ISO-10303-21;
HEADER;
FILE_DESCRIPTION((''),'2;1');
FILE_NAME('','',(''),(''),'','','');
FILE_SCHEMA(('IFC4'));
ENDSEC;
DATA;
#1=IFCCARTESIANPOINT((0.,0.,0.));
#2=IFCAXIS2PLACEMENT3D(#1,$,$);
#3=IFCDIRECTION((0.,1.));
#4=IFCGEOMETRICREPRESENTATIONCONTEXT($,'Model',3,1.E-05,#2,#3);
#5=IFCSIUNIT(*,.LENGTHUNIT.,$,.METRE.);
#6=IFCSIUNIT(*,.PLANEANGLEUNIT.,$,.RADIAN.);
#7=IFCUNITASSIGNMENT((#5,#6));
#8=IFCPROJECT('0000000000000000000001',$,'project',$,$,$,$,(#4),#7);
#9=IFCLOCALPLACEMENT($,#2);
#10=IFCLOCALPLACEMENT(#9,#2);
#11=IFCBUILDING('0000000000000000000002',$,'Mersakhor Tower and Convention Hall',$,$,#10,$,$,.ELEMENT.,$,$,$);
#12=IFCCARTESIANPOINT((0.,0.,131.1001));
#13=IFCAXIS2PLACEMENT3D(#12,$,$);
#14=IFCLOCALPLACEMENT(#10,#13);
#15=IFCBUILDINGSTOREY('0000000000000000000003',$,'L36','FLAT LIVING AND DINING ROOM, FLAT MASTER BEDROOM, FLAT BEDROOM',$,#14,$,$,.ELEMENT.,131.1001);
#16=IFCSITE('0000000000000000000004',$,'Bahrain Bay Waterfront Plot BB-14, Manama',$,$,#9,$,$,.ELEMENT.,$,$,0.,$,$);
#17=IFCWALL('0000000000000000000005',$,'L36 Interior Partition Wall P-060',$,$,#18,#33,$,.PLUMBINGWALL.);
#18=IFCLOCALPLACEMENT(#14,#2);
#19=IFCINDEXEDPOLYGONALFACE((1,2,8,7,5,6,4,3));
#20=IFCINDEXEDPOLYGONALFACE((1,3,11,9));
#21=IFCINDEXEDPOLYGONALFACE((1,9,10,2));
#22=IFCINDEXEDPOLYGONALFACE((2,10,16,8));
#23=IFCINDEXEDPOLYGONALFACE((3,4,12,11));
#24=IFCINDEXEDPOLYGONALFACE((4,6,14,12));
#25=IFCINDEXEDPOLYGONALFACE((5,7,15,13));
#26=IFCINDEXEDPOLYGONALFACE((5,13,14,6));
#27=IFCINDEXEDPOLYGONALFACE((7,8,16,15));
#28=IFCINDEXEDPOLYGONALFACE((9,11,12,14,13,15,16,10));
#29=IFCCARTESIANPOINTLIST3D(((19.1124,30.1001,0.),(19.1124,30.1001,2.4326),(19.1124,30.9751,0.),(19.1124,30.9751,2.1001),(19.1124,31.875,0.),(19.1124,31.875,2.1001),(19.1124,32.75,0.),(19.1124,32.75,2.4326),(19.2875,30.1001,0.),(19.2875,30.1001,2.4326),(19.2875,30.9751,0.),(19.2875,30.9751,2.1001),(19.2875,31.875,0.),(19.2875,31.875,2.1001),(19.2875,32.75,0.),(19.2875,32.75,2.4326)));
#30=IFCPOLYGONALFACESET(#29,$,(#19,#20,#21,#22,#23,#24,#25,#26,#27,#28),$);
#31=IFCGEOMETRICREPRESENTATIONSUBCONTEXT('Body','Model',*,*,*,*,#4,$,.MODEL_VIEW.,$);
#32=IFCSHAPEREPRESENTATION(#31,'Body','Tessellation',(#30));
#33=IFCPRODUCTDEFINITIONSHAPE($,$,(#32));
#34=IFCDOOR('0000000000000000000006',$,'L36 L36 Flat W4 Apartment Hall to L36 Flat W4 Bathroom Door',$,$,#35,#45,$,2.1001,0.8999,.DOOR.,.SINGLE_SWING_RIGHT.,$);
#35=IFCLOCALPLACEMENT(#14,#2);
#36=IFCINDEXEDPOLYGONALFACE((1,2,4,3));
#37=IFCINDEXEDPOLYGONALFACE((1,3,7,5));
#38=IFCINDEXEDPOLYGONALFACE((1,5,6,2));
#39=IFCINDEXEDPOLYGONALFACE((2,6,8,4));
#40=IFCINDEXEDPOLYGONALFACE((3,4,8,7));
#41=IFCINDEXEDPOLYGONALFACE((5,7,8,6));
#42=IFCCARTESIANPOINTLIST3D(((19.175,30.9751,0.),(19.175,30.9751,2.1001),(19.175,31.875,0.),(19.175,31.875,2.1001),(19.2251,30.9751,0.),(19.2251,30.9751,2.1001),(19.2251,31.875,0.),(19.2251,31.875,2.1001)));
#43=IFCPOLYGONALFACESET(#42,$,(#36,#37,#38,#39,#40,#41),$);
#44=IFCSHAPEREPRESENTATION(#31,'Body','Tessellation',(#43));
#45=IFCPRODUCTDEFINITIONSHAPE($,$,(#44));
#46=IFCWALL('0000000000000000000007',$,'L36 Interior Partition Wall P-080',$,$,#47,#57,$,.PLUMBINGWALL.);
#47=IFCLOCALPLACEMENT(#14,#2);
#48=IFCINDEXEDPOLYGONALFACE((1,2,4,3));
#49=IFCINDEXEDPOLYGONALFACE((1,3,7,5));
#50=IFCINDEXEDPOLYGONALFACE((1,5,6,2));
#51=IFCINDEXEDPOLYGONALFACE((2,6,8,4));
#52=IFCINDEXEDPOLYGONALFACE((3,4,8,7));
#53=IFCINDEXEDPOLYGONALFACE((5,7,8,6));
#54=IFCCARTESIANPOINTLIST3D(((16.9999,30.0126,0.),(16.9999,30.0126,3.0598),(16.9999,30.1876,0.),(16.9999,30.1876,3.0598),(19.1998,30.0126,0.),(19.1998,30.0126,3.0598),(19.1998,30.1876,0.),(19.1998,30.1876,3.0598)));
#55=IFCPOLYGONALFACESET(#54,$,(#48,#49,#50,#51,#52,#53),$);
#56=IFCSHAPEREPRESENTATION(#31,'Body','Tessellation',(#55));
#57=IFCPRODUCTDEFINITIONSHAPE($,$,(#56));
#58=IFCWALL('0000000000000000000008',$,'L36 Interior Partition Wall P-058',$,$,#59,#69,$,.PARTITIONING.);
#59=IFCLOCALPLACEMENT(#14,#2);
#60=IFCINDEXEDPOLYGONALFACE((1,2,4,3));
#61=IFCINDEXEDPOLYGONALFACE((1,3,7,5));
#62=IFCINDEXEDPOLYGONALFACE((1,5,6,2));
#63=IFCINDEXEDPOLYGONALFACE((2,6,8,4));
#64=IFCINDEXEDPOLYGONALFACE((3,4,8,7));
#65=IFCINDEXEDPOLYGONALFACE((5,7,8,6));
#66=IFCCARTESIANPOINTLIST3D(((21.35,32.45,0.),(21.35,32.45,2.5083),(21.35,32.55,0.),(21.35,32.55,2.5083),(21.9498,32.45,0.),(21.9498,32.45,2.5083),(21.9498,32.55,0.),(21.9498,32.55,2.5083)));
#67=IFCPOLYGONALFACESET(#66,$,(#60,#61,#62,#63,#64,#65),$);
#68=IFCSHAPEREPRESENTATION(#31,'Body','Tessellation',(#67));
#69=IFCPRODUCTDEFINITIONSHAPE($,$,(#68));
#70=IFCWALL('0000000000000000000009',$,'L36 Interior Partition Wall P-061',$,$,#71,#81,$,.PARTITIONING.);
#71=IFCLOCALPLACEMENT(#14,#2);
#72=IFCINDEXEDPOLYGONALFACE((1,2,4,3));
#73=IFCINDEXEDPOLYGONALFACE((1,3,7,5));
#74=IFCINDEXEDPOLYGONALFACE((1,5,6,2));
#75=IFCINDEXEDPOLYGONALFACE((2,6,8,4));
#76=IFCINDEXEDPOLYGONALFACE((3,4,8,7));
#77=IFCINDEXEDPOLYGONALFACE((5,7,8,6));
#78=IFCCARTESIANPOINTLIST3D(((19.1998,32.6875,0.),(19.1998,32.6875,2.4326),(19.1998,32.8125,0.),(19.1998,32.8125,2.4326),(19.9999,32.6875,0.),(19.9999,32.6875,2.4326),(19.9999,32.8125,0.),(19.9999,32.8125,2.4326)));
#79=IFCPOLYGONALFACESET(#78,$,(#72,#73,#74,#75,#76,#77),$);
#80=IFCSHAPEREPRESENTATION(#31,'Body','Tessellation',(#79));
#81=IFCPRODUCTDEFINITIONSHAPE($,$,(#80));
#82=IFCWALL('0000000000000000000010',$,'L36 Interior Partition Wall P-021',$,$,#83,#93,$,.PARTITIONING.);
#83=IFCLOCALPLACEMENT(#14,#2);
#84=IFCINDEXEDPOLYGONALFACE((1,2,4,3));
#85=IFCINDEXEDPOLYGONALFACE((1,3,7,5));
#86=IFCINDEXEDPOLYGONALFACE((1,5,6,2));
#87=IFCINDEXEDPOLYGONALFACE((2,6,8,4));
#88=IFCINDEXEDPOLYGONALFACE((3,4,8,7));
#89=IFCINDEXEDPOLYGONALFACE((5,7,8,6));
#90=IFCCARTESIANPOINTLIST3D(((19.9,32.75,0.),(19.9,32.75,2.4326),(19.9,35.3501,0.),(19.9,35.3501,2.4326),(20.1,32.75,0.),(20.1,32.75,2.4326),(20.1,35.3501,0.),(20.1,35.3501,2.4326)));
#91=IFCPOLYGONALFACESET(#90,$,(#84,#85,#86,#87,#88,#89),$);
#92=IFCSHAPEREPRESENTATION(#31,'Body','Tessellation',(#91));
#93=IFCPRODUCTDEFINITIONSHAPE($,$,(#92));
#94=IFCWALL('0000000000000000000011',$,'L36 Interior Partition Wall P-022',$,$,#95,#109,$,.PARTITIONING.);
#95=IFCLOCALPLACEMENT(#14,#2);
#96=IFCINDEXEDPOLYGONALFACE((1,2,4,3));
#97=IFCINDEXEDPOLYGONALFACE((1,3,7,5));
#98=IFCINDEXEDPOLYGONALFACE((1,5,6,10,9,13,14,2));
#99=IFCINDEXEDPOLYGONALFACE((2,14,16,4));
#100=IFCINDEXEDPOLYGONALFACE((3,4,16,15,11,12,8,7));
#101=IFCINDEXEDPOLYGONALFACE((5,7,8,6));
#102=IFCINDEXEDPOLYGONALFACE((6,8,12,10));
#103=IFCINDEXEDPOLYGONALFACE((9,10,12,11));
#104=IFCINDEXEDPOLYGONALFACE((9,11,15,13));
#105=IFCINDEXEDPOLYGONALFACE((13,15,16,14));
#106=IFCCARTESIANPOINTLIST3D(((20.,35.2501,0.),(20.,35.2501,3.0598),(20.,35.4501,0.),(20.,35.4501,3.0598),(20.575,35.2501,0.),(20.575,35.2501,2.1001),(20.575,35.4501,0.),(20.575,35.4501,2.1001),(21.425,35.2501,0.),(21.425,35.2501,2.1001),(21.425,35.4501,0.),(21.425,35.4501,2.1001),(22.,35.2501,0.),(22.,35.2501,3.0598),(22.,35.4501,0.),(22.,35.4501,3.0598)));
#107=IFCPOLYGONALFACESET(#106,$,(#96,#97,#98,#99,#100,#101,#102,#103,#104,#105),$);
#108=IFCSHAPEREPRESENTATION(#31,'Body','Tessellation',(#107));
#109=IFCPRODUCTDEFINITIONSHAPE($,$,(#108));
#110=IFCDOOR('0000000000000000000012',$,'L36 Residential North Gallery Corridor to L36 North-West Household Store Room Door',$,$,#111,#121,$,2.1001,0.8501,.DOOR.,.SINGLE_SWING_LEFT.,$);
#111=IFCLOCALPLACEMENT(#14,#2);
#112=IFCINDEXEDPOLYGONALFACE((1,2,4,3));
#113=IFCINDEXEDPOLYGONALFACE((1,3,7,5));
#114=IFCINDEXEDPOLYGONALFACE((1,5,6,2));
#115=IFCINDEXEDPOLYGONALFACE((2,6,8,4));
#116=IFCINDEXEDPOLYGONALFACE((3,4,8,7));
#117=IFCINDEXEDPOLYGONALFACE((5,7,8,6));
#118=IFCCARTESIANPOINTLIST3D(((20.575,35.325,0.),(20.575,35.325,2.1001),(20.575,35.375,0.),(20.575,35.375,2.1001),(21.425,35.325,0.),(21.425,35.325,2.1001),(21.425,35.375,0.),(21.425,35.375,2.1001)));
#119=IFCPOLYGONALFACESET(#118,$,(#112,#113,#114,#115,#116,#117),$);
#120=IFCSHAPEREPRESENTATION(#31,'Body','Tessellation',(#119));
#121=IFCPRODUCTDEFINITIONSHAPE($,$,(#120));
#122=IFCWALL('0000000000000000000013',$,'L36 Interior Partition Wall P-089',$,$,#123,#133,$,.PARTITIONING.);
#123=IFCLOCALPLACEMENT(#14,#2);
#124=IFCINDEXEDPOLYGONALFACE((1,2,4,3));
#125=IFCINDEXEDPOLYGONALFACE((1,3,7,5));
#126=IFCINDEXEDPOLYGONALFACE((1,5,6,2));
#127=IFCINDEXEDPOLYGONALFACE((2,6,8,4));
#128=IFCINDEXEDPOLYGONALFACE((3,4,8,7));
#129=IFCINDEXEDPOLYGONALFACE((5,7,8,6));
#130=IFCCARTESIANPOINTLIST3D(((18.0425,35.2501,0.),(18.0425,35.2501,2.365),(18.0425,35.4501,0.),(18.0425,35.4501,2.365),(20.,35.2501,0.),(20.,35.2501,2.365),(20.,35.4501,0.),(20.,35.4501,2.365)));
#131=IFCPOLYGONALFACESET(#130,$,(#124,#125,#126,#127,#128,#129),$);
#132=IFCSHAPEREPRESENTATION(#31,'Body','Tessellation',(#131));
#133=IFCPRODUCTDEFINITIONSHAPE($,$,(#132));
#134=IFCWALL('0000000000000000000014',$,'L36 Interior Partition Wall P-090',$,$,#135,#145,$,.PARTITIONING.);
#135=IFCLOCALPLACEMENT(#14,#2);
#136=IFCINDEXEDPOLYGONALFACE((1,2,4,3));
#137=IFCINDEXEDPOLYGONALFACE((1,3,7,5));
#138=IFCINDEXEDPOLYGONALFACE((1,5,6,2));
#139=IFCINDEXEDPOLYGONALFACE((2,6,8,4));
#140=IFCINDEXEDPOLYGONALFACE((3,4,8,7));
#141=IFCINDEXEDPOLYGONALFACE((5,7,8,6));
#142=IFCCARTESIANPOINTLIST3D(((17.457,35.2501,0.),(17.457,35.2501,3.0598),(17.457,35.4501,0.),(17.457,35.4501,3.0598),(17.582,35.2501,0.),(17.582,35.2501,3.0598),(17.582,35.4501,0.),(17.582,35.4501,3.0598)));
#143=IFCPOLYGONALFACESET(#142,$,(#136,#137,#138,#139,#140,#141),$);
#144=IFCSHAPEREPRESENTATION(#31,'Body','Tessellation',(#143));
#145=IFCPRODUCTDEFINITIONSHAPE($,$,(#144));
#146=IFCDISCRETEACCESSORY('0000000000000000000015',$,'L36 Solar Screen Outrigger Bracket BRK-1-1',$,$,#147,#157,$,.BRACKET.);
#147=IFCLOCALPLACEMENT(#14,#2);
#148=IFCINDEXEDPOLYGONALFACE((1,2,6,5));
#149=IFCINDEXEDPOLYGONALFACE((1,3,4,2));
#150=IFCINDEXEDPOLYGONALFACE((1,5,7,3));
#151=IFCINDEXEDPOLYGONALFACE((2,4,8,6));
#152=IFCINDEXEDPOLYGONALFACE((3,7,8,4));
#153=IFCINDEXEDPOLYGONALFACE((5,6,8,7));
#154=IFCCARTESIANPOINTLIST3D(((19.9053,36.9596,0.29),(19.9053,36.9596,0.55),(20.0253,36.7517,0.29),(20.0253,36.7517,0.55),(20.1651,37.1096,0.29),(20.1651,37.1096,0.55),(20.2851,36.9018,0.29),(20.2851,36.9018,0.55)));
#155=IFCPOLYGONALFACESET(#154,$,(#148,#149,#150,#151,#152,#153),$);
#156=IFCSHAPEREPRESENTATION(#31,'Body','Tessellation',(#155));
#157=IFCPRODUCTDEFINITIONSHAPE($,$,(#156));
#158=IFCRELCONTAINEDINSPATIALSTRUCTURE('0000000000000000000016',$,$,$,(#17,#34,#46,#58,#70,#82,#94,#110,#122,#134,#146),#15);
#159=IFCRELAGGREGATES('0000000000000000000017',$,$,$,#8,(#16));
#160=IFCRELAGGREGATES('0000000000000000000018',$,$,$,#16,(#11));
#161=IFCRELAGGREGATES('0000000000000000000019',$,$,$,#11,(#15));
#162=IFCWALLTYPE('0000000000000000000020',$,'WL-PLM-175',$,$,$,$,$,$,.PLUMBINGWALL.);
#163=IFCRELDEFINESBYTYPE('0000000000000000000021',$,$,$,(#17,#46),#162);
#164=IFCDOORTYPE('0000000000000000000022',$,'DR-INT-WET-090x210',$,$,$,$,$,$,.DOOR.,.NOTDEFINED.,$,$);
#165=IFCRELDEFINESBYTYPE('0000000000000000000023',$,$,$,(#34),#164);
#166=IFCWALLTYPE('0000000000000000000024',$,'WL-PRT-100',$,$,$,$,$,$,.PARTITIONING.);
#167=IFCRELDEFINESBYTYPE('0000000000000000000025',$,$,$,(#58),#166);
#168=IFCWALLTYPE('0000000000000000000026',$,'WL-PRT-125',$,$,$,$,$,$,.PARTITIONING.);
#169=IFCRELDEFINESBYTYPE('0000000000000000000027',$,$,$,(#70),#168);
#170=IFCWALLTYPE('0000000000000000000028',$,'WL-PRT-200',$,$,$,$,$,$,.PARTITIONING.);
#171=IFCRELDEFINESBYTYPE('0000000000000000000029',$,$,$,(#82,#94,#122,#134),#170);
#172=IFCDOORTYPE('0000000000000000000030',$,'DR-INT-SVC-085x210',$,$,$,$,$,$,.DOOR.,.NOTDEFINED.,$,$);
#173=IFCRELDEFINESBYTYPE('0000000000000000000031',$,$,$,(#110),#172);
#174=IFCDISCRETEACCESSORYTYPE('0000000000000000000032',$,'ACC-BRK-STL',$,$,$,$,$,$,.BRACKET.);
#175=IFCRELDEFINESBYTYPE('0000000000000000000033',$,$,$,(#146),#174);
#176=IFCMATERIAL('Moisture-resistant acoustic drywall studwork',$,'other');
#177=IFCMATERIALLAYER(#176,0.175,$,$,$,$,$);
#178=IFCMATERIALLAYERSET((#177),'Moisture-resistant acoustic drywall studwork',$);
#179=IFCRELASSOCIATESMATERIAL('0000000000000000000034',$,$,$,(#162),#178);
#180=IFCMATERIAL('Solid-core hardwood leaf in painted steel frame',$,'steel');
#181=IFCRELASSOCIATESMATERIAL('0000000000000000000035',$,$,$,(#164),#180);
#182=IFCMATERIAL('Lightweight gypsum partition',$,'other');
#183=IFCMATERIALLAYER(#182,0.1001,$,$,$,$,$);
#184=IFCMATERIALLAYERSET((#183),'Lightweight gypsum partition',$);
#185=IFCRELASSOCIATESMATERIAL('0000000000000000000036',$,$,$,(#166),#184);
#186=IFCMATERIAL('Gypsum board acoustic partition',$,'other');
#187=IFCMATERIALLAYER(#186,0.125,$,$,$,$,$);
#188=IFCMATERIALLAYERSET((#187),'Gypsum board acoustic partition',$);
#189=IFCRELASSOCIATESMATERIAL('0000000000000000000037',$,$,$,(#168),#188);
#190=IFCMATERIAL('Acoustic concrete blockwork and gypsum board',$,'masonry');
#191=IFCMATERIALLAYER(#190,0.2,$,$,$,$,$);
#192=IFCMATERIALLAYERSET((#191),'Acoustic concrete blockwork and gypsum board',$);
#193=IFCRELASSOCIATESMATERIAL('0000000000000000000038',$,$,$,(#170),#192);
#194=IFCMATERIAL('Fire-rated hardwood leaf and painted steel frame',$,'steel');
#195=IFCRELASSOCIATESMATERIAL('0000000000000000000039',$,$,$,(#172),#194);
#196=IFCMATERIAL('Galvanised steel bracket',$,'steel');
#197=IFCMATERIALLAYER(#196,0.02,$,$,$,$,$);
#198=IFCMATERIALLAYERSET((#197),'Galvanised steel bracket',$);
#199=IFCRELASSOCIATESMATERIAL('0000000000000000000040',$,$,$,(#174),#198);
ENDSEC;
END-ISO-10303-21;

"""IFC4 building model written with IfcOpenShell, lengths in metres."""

from ifc_helpers import new_model, si_unit, direction, frame, frame_2d, origin, origin_2d, place, context, subcontext, project, spatial, rectangle, extrude, material, layer, layer_set, type_object, element, fill, save


model = new_model("IFC4")

# Units and contexts
model_context = context("Model", 3, precision=1e-05, world=origin(), true_north=direction((0.0, 1.0)))
body_context = subcontext(model_context, "Body", "Model", "MODEL_VIEW")
ifc_project = project(units=[si_unit("LENGTHUNIT", "METRE"), si_unit("PLANEANGLEUNIT", "RADIAN")], contexts=[model_context])

# Site, building, storey
site_placement = place(None, origin())
site = spatial("IfcSite", under=ifc_project, at=site_placement, Name="Bahrain Bay Waterfront Plot BB-14, Manama", CompositionType="ELEMENT", RefElevation=0.0)
building_placement = place(site_placement, origin())
building = spatial("IfcBuilding", under=site, at=building_placement, Name="Mersakhor Tower and Convention Hall", CompositionType="ELEMENT")
storey_placement = place(building_placement, frame((0.0, 0.0, 131.1001)))
storey = spatial("IfcBuildingStorey", under=building, at=storey_placement, Name="L36", Description="FLAT LIVING AND DINING ROOM, FLAT MASTER BEDROOM, FLAT BEDROOM", CompositionType="ELEMENT", Elevation=131.1001)

# Wall, opening, door
ifc_material_1 = material(Name="Moisture-resistant acoustic drywall studwork", Category="other")
ifc_layer_1 = layer(ifc_material_1, 0.175)
ifc_layer_set_1 = layer_set([ifc_layer_1], Name="Moisture-resistant acoustic drywall studwork")
wall_type_1 = type_object("IfcWallType", Name="WL-PLM-175", PredefinedType="PLUMBINGWALL", material=ifc_layer_set_1)
wall_1_placement = place(storey_placement, frame((19.2, 30.1001, 0.0), z_axis=(0.0, 0.0, 1.0), x_axis=(0.0, 1.0, 0.0)))
wall_1 = element("IfcWall", 1, at=wall_1_placement, inside=storey, type_object=wall_type_1, Name="L36 Interior Partition Wall P-060", PredefinedType="PLUMBINGWALL", context=body_context, shape_type="SweptSolid", body=[
    extrude(rectangle(XDim=2.6499, YDim=0.175, at=frame_2d((1.325, 0.0))), origin(), (0.0, 0.0, 1.0), 2.4326),
])
opening_1_placement = place(wall_1_placement, frame((0.875, 0.0, 0.0)))
opening_1 = element("IfcOpeningElement", 2, at=opening_1_placement, cuts=wall_1, PredefinedType="OPENING", context=body_context, shape_type="SweptSolid", body=[
    extrude(rectangle(XDim=0.8999, YDim=2.1001, at=frame_2d((0.45, 1.05))), frame((0.0, 0.0974, 0.0), z_axis=(0.0, -1.0, 0.0), x_axis=(1.0, 0.0, 0.0)), (0.0, 0.0, 1.0), 0.1951),
])
ifc_material_2 = material(Name="Solid-core hardwood leaf in painted steel frame", Category="steel")
door_type_1 = type_object("IfcDoorType", Name="DR-INT-WET-090x210", OperationType="NOTDEFINED", PredefinedType="DOOR", material=ifc_material_2)
door_1_placement = place(opening_1_placement, origin())
door_1 = element("IfcDoor", 3, at=door_1_placement, inside=storey, type_object=door_type_1, Name="L36 L36 Flat W4 Apartment Hall to L36 Flat W4 Bathroom Door", OperationType="SINGLE_SWING_RIGHT", OverallHeight=2.1001, OverallWidth=0.8999, PredefinedType="DOOR", context=body_context, shape_type="SweptSolid", body=[
    extrude(rectangle(XDim=0.8999, YDim=2.1001, at=frame_2d((0.45, 1.05))), frame((0.0, 0.0249, 0.0), z_axis=(0.0, -1.0, 0.0), x_axis=(1.0, 0.0, 0.0)), (0.0, 0.0, 1.0), 0.05),
])
fill(opening_1, door_1)

# Walls
wall_2_placement = place(storey_placement, frame((19.2, 30.1001, 0.0), z_axis=(0.0, 0.0, 1.0), x_axis=(-1.0, 0.0, 0.0)))
element("IfcWall", 4, at=wall_2_placement, inside=storey, type_object=wall_type_1, Name="L36 Interior Partition Wall P-080", PredefinedType="PLUMBINGWALL", context=body_context, shape_type="SweptSolid", body=[
    extrude(rectangle(XDim=2.2, YDim=0.175, at=frame_2d((1.1001, 0.0))), origin(), (0.0, 0.0, 1.0), 3.0598),
])
ifc_material_3 = material(Name="Lightweight gypsum partition", Category="other")
ifc_layer_2 = layer(ifc_material_3, 0.1001)
ifc_layer_set_2 = layer_set([ifc_layer_2], Name="Lightweight gypsum partition")
wall_type_2 = type_object("IfcWallType", Name="WL-PRT-100", PredefinedType="PARTITIONING", material=ifc_layer_set_2)
wall_3_placement = place(storey_placement, frame((21.3501, 32.5, 0.0), z_axis=(0.0, 0.0, 1.0), x_axis=(1.0, 0.0, 0.0)))
element("IfcWall", 5, at=wall_3_placement, inside=storey, type_object=wall_type_2, Name="L36 Interior Partition Wall P-058", PredefinedType="PARTITIONING", context=body_context, shape_type="SweptSolid", body=[
    extrude(rectangle(XDim=0.5999, YDim=0.1001, at=frame_2d((0.2998, 0.0))), origin(), (0.0, 0.0, 1.0), 2.5083),
])
ifc_material_4 = material(Name="Gypsum board acoustic partition", Category="other")
ifc_layer_3 = layer(ifc_material_4, 0.125)
ifc_layer_set_3 = layer_set([ifc_layer_3], Name="Gypsum board acoustic partition")
wall_type_3 = type_object("IfcWallType", Name="WL-PRT-125", PredefinedType="PARTITIONING", material=ifc_layer_set_3)
wall_4_placement = place(storey_placement, frame((19.2, 32.75, 0.0), z_axis=(0.0, 0.0, 1.0), x_axis=(1.0, 0.0, 0.0)))
element("IfcWall", 6, at=wall_4_placement, inside=storey, type_object=wall_type_3, Name="L36 Interior Partition Wall P-061", PredefinedType="PARTITIONING", context=body_context, shape_type="SweptSolid", body=[
    extrude(rectangle(XDim=0.8, YDim=0.125, at=frame_2d((0.3999, 0.0))), origin(), (0.0, 0.0, 1.0), 2.4326),
])

# Shared definitions
ifc_material_5 = material(Name="Acoustic concrete blockwork and gypsum board", Category="masonry")
ifc_layer_4 = layer(ifc_material_5, 0.2)
ifc_layer_set_4 = layer_set([ifc_layer_4], Name="Acoustic concrete blockwork and gypsum board")
wall_type_4 = type_object("IfcWallType", Name="WL-PRT-200", PredefinedType="PARTITIONING", material=ifc_layer_set_4)

# Wall
wall_5_placement = place(storey_placement, frame((20.0, 32.75, 0.0), z_axis=(0.0, 0.0, 1.0), x_axis=(0.0, 1.0, 0.0)))
element("IfcWall", 7, at=wall_5_placement, inside=storey, type_object=wall_type_4, Name="L36 Interior Partition Wall P-021", PredefinedType="PARTITIONING", context=body_context, shape_type="SweptSolid", body=[
    extrude(rectangle(XDim=2.6001, YDim=0.2, at=frame_2d((1.3, 0.0))), origin(), (0.0, 0.0, 1.0), 2.4326),
])

# Wall, opening, door
wall_6_placement = place(storey_placement, frame((20.0, 35.3501, 0.0), z_axis=(0.0, 0.0, 1.0), x_axis=(1.0, 0.0, 0.0)))
wall_6 = element("IfcWall", 8, at=wall_6_placement, inside=storey, type_object=wall_type_4, Name="L36 Interior Partition Wall P-022", PredefinedType="PARTITIONING", context=body_context, shape_type="SweptSolid", body=[
    extrude(rectangle(XDim=2.0, YDim=0.2, at=frame_2d((1.0, 0.0))), origin(), (0.0, 0.0, 1.0), 3.0598),
])
opening_2_placement = place(wall_6_placement, frame((0.575, 0.0, 0.0)))
opening_2 = element("IfcOpeningElement", 9, at=opening_2_placement, cuts=wall_6, PredefinedType="OPENING", context=body_context, shape_type="SweptSolid", body=[
    extrude(rectangle(XDim=0.8501, YDim=2.1001, at=frame_2d((0.425, 1.05))), frame((0.0, 0.1099, 0.0), z_axis=(0.0, -1.0, 0.0), x_axis=(1.0, 0.0, 0.0)), (0.0, 0.0, 1.0), 0.22),
])
ifc_material_6 = material(Name="Fire-rated hardwood leaf and painted steel frame", Category="steel")
door_type_2 = type_object("IfcDoorType", Name="DR-INT-SVC-085x210", OperationType="NOTDEFINED", PredefinedType="DOOR", material=ifc_material_6)
door_2_placement = place(opening_2_placement, origin())
door_2 = element("IfcDoor", 10, at=door_2_placement, inside=storey, type_object=door_type_2, Name="L36 Residential North Gallery Corridor to L36 North-West Household Store Room Door", OperationType="SINGLE_SWING_LEFT", OverallHeight=2.1001, OverallWidth=0.8501, PredefinedType="DOOR", context=body_context, shape_type="SweptSolid", body=[
    extrude(rectangle(XDim=0.8501, YDim=2.1001, at=frame_2d((0.425, 1.05))), frame((0.0, 0.0249, 0.0), z_axis=(0.0, -1.0, 0.0), x_axis=(1.0, 0.0, 0.0)), (0.0, 0.0, 1.0), 0.05),
])
fill(opening_2, door_2)

# Walls
wall_7_placement = place(storey_placement, frame((20.0, 35.3501, 0.0), z_axis=(0.0, 0.0, 1.0), x_axis=(-1.0, 0.0, 0.0)))
element("IfcWall", 11, at=wall_7_placement, inside=storey, type_object=wall_type_4, Name="L36 Interior Partition Wall P-089", PredefinedType="PARTITIONING", context=body_context, shape_type="SweptSolid", body=[
    extrude(rectangle(XDim=1.9575, YDim=0.2, at=frame_2d((0.9788, 0.0))), origin(), (0.0, 0.0, 1.0), 2.365),
])
wall_8_placement = place(storey_placement, frame((17.582, 35.3501, 0.0), z_axis=(0.0, 0.0, 1.0), x_axis=(-1.0, 0.0, 0.0)))
element("IfcWall", 12, at=wall_8_placement, inside=storey, type_object=wall_type_4, Name="L36 Interior Partition Wall P-090", PredefinedType="PARTITIONING", context=body_context, shape_type="SweptSolid", body=[
    extrude(rectangle(XDim=0.125, YDim=0.2, at=frame_2d((0.0625, 0.0))), origin(), (0.0, 0.0, 1.0), 3.0598),
])

# Discrete accessory
ifc_material_7 = material(Name="Galvanised steel bracket", Category="steel")
ifc_layer_5 = layer(ifc_material_7, 0.02)
ifc_layer_set_5 = layer_set([ifc_layer_5], Name="Galvanised steel bracket")
discrete_accessory_type = type_object("IfcDiscreteAccessoryType", Name="ACC-BRK-STL", PredefinedType="BRACKET", material=ifc_layer_set_5)
discrete_accessory_placement = place(storey_placement, frame((20.0952, 36.9307, 0.29), z_axis=(0.0, 0.0, 1.0), x_axis=(0.866025, 0.5, 0.0)))
element("IfcDiscreteAccessory", 13, at=discrete_accessory_placement, inside=storey, type_object=discrete_accessory_type, Name="L36 Solar Screen Outrigger Bracket BRK-1-1", PredefinedType="BRACKET", context=body_context, shape_type="SweptSolid", body=[
    extrude(rectangle(XDim=0.3, YDim=0.24, at=origin_2d()), origin(), (0.0, 0.0, 1.0), 0.26),
])

save(model, "model.ifc")
